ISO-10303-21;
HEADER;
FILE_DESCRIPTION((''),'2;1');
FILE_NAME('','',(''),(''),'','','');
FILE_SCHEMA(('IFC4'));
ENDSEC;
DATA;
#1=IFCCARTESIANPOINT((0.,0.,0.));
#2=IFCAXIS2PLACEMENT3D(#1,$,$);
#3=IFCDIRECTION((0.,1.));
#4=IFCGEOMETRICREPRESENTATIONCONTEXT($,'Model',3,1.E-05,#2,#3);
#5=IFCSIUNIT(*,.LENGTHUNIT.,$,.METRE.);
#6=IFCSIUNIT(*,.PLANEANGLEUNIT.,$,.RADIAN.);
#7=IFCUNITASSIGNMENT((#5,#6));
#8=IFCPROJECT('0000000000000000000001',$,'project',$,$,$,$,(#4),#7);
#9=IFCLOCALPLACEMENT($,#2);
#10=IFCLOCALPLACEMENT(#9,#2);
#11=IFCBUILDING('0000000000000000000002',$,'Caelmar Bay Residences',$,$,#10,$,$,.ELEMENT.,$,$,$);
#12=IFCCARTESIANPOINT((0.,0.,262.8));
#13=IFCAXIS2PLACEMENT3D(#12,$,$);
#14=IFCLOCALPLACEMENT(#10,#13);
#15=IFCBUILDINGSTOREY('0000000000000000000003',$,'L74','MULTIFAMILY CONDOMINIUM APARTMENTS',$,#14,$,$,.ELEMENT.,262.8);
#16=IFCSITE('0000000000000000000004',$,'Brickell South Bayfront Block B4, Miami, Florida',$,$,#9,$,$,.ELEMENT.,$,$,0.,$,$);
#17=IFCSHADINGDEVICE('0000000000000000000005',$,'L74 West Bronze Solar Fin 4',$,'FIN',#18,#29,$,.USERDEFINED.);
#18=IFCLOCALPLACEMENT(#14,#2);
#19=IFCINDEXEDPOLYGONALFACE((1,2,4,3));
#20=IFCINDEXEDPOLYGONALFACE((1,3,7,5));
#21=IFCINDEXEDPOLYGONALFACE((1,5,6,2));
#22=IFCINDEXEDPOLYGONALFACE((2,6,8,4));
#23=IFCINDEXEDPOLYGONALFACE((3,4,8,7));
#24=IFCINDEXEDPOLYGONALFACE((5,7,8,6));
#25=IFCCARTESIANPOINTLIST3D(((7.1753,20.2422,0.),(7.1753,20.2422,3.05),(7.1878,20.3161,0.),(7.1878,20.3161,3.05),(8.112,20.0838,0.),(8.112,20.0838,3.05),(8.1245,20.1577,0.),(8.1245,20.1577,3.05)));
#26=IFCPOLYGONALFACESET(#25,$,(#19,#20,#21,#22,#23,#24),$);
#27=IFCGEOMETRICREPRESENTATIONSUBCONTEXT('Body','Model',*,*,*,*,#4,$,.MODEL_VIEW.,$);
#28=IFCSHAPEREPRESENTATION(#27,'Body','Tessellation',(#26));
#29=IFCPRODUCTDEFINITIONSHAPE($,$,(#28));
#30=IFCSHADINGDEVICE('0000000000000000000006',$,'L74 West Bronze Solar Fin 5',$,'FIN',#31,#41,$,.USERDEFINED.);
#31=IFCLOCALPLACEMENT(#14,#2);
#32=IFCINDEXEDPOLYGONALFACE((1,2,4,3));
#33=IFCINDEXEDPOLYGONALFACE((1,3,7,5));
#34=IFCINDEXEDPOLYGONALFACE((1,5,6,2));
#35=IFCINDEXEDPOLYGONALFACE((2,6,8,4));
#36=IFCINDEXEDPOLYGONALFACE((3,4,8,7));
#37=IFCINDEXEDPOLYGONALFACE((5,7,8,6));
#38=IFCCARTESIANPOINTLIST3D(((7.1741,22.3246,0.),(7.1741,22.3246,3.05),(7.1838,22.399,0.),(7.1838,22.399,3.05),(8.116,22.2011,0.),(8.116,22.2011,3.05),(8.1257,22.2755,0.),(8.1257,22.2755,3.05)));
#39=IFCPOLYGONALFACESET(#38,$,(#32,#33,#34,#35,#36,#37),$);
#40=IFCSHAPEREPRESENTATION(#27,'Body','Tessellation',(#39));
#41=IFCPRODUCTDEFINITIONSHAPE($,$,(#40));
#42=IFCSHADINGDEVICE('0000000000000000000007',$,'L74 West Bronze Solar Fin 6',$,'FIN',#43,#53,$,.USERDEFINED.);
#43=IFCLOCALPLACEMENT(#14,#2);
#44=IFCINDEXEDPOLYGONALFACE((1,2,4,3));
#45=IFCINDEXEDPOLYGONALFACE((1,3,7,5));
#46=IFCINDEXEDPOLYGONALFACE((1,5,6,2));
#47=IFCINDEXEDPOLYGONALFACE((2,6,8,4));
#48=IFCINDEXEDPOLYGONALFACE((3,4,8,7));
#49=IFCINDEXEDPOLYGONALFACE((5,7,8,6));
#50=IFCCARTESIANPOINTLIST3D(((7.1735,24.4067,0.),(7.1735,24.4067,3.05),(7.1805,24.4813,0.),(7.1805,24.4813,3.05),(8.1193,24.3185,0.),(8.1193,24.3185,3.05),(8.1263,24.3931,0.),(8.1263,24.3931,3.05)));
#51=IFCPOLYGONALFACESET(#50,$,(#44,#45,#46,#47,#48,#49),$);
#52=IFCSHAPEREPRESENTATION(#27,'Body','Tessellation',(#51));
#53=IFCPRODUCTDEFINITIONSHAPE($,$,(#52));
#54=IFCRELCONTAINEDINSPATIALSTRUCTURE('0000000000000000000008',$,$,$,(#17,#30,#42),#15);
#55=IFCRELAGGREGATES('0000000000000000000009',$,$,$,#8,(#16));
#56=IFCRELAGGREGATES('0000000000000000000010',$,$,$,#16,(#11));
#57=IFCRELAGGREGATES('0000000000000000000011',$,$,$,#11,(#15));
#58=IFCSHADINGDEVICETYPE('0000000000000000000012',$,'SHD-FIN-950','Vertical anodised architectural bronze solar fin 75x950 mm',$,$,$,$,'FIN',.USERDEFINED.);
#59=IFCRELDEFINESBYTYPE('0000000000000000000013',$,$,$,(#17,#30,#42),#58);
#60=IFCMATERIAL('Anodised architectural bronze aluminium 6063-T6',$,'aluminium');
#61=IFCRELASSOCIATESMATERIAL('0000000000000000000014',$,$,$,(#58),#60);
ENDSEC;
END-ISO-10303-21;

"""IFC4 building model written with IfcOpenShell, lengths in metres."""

from ifc_helpers import new_model, si_unit, direction, frame, origin, origin_2d, place, context, subcontext, project, spatial, rectangle, extrude, material, material_profile, profile_set, type_object, element, save


model = new_model("IFC4")

# Units and contexts
model_context = context("Model", 3, precision=1e-05, world=origin(), true_north=direction((0.0, 1.0)))
body_context = subcontext(model_context, "Body", "Model", "MODEL_VIEW")
ifc_project = project(units=[si_unit("LENGTHUNIT", "METRE"), si_unit("PLANEANGLEUNIT", "RADIAN")], contexts=[model_context])

# Site, building, storey
site_placement = place(None, origin())
site = spatial("IfcSite", under=ifc_project, at=site_placement, Name="Brickell South Bayfront Block B4, Miami, Florida", CompositionType="ELEMENT", RefElevation=0.0)
building_placement = place(site_placement, origin())
building = spatial("IfcBuilding", under=site, at=building_placement, Name="Caelmar Bay Residences", CompositionType="ELEMENT")
storey_placement = place(building_placement, frame((0.0, 0.0, 262.8)))
storey = spatial("IfcBuildingStorey", under=building, at=storey_placement, Name="L74", Description="MULTIFAMILY CONDOMINIUM APARTMENTS", CompositionType="ELEMENT", Elevation=262.8)

# Shading devices
ifc_material_1 = material(Name="Anodised architectural bronze aluminium 6063-T6", Category="aluminium")
ifc_material_profile_1 = material_profile(ifc_material_1, rectangle(XDim=0.075, YDim=0.95, at=origin_2d()), Name="BRONZE-FIN-75X950")
ifc_profile_set_1 = profile_set([ifc_material_profile_1], Name="Anodised architectural bronze aluminium 6063-T6")
shading_device_type = type_object("IfcShadingDeviceType", Name="SHD-FIN-950", Description="Vertical anodised architectural bronze solar fin 75x950 mm", ElementType="FIN", PredefinedType="USERDEFINED", material=ifc_profile_set_1)
for number, where, z_axis, x_axis, name in (
    (1, (7.6499, 20.2, 0.0), (0.0, 0.0, 1.0), (0.166769, 0.985996, 0.0), "L74 West Bronze Solar Fin 4"),
    (2, (7.6499, 22.3, 0.0), (0.0, 0.0, 1.0), (0.130007, 0.991513, 0.0), "L74 West Bronze Solar Fin 5"),
    (3, (7.6499, 24.3999, 0.0), (0.0, 0.0, 1.0), (0.092892, 0.995676, 0.0), "L74 West Bronze Solar Fin 6"),
):
    element("IfcShadingDevice", number, at=place(storey_placement, frame(where, z_axis=z_axis, x_axis=x_axis)), inside=storey, type_object=shading_device_type, Name=name, ObjectType="FIN", PredefinedType="USERDEFINED", context=body_context, shape_type="SweptSolid", body=[
        extrude(rectangle(XDim=0.075, YDim=0.95, at=origin_2d()), origin(), (0.0, 0.0, 1.0), 3.05),
    ])

save(model, "model.ifc")
